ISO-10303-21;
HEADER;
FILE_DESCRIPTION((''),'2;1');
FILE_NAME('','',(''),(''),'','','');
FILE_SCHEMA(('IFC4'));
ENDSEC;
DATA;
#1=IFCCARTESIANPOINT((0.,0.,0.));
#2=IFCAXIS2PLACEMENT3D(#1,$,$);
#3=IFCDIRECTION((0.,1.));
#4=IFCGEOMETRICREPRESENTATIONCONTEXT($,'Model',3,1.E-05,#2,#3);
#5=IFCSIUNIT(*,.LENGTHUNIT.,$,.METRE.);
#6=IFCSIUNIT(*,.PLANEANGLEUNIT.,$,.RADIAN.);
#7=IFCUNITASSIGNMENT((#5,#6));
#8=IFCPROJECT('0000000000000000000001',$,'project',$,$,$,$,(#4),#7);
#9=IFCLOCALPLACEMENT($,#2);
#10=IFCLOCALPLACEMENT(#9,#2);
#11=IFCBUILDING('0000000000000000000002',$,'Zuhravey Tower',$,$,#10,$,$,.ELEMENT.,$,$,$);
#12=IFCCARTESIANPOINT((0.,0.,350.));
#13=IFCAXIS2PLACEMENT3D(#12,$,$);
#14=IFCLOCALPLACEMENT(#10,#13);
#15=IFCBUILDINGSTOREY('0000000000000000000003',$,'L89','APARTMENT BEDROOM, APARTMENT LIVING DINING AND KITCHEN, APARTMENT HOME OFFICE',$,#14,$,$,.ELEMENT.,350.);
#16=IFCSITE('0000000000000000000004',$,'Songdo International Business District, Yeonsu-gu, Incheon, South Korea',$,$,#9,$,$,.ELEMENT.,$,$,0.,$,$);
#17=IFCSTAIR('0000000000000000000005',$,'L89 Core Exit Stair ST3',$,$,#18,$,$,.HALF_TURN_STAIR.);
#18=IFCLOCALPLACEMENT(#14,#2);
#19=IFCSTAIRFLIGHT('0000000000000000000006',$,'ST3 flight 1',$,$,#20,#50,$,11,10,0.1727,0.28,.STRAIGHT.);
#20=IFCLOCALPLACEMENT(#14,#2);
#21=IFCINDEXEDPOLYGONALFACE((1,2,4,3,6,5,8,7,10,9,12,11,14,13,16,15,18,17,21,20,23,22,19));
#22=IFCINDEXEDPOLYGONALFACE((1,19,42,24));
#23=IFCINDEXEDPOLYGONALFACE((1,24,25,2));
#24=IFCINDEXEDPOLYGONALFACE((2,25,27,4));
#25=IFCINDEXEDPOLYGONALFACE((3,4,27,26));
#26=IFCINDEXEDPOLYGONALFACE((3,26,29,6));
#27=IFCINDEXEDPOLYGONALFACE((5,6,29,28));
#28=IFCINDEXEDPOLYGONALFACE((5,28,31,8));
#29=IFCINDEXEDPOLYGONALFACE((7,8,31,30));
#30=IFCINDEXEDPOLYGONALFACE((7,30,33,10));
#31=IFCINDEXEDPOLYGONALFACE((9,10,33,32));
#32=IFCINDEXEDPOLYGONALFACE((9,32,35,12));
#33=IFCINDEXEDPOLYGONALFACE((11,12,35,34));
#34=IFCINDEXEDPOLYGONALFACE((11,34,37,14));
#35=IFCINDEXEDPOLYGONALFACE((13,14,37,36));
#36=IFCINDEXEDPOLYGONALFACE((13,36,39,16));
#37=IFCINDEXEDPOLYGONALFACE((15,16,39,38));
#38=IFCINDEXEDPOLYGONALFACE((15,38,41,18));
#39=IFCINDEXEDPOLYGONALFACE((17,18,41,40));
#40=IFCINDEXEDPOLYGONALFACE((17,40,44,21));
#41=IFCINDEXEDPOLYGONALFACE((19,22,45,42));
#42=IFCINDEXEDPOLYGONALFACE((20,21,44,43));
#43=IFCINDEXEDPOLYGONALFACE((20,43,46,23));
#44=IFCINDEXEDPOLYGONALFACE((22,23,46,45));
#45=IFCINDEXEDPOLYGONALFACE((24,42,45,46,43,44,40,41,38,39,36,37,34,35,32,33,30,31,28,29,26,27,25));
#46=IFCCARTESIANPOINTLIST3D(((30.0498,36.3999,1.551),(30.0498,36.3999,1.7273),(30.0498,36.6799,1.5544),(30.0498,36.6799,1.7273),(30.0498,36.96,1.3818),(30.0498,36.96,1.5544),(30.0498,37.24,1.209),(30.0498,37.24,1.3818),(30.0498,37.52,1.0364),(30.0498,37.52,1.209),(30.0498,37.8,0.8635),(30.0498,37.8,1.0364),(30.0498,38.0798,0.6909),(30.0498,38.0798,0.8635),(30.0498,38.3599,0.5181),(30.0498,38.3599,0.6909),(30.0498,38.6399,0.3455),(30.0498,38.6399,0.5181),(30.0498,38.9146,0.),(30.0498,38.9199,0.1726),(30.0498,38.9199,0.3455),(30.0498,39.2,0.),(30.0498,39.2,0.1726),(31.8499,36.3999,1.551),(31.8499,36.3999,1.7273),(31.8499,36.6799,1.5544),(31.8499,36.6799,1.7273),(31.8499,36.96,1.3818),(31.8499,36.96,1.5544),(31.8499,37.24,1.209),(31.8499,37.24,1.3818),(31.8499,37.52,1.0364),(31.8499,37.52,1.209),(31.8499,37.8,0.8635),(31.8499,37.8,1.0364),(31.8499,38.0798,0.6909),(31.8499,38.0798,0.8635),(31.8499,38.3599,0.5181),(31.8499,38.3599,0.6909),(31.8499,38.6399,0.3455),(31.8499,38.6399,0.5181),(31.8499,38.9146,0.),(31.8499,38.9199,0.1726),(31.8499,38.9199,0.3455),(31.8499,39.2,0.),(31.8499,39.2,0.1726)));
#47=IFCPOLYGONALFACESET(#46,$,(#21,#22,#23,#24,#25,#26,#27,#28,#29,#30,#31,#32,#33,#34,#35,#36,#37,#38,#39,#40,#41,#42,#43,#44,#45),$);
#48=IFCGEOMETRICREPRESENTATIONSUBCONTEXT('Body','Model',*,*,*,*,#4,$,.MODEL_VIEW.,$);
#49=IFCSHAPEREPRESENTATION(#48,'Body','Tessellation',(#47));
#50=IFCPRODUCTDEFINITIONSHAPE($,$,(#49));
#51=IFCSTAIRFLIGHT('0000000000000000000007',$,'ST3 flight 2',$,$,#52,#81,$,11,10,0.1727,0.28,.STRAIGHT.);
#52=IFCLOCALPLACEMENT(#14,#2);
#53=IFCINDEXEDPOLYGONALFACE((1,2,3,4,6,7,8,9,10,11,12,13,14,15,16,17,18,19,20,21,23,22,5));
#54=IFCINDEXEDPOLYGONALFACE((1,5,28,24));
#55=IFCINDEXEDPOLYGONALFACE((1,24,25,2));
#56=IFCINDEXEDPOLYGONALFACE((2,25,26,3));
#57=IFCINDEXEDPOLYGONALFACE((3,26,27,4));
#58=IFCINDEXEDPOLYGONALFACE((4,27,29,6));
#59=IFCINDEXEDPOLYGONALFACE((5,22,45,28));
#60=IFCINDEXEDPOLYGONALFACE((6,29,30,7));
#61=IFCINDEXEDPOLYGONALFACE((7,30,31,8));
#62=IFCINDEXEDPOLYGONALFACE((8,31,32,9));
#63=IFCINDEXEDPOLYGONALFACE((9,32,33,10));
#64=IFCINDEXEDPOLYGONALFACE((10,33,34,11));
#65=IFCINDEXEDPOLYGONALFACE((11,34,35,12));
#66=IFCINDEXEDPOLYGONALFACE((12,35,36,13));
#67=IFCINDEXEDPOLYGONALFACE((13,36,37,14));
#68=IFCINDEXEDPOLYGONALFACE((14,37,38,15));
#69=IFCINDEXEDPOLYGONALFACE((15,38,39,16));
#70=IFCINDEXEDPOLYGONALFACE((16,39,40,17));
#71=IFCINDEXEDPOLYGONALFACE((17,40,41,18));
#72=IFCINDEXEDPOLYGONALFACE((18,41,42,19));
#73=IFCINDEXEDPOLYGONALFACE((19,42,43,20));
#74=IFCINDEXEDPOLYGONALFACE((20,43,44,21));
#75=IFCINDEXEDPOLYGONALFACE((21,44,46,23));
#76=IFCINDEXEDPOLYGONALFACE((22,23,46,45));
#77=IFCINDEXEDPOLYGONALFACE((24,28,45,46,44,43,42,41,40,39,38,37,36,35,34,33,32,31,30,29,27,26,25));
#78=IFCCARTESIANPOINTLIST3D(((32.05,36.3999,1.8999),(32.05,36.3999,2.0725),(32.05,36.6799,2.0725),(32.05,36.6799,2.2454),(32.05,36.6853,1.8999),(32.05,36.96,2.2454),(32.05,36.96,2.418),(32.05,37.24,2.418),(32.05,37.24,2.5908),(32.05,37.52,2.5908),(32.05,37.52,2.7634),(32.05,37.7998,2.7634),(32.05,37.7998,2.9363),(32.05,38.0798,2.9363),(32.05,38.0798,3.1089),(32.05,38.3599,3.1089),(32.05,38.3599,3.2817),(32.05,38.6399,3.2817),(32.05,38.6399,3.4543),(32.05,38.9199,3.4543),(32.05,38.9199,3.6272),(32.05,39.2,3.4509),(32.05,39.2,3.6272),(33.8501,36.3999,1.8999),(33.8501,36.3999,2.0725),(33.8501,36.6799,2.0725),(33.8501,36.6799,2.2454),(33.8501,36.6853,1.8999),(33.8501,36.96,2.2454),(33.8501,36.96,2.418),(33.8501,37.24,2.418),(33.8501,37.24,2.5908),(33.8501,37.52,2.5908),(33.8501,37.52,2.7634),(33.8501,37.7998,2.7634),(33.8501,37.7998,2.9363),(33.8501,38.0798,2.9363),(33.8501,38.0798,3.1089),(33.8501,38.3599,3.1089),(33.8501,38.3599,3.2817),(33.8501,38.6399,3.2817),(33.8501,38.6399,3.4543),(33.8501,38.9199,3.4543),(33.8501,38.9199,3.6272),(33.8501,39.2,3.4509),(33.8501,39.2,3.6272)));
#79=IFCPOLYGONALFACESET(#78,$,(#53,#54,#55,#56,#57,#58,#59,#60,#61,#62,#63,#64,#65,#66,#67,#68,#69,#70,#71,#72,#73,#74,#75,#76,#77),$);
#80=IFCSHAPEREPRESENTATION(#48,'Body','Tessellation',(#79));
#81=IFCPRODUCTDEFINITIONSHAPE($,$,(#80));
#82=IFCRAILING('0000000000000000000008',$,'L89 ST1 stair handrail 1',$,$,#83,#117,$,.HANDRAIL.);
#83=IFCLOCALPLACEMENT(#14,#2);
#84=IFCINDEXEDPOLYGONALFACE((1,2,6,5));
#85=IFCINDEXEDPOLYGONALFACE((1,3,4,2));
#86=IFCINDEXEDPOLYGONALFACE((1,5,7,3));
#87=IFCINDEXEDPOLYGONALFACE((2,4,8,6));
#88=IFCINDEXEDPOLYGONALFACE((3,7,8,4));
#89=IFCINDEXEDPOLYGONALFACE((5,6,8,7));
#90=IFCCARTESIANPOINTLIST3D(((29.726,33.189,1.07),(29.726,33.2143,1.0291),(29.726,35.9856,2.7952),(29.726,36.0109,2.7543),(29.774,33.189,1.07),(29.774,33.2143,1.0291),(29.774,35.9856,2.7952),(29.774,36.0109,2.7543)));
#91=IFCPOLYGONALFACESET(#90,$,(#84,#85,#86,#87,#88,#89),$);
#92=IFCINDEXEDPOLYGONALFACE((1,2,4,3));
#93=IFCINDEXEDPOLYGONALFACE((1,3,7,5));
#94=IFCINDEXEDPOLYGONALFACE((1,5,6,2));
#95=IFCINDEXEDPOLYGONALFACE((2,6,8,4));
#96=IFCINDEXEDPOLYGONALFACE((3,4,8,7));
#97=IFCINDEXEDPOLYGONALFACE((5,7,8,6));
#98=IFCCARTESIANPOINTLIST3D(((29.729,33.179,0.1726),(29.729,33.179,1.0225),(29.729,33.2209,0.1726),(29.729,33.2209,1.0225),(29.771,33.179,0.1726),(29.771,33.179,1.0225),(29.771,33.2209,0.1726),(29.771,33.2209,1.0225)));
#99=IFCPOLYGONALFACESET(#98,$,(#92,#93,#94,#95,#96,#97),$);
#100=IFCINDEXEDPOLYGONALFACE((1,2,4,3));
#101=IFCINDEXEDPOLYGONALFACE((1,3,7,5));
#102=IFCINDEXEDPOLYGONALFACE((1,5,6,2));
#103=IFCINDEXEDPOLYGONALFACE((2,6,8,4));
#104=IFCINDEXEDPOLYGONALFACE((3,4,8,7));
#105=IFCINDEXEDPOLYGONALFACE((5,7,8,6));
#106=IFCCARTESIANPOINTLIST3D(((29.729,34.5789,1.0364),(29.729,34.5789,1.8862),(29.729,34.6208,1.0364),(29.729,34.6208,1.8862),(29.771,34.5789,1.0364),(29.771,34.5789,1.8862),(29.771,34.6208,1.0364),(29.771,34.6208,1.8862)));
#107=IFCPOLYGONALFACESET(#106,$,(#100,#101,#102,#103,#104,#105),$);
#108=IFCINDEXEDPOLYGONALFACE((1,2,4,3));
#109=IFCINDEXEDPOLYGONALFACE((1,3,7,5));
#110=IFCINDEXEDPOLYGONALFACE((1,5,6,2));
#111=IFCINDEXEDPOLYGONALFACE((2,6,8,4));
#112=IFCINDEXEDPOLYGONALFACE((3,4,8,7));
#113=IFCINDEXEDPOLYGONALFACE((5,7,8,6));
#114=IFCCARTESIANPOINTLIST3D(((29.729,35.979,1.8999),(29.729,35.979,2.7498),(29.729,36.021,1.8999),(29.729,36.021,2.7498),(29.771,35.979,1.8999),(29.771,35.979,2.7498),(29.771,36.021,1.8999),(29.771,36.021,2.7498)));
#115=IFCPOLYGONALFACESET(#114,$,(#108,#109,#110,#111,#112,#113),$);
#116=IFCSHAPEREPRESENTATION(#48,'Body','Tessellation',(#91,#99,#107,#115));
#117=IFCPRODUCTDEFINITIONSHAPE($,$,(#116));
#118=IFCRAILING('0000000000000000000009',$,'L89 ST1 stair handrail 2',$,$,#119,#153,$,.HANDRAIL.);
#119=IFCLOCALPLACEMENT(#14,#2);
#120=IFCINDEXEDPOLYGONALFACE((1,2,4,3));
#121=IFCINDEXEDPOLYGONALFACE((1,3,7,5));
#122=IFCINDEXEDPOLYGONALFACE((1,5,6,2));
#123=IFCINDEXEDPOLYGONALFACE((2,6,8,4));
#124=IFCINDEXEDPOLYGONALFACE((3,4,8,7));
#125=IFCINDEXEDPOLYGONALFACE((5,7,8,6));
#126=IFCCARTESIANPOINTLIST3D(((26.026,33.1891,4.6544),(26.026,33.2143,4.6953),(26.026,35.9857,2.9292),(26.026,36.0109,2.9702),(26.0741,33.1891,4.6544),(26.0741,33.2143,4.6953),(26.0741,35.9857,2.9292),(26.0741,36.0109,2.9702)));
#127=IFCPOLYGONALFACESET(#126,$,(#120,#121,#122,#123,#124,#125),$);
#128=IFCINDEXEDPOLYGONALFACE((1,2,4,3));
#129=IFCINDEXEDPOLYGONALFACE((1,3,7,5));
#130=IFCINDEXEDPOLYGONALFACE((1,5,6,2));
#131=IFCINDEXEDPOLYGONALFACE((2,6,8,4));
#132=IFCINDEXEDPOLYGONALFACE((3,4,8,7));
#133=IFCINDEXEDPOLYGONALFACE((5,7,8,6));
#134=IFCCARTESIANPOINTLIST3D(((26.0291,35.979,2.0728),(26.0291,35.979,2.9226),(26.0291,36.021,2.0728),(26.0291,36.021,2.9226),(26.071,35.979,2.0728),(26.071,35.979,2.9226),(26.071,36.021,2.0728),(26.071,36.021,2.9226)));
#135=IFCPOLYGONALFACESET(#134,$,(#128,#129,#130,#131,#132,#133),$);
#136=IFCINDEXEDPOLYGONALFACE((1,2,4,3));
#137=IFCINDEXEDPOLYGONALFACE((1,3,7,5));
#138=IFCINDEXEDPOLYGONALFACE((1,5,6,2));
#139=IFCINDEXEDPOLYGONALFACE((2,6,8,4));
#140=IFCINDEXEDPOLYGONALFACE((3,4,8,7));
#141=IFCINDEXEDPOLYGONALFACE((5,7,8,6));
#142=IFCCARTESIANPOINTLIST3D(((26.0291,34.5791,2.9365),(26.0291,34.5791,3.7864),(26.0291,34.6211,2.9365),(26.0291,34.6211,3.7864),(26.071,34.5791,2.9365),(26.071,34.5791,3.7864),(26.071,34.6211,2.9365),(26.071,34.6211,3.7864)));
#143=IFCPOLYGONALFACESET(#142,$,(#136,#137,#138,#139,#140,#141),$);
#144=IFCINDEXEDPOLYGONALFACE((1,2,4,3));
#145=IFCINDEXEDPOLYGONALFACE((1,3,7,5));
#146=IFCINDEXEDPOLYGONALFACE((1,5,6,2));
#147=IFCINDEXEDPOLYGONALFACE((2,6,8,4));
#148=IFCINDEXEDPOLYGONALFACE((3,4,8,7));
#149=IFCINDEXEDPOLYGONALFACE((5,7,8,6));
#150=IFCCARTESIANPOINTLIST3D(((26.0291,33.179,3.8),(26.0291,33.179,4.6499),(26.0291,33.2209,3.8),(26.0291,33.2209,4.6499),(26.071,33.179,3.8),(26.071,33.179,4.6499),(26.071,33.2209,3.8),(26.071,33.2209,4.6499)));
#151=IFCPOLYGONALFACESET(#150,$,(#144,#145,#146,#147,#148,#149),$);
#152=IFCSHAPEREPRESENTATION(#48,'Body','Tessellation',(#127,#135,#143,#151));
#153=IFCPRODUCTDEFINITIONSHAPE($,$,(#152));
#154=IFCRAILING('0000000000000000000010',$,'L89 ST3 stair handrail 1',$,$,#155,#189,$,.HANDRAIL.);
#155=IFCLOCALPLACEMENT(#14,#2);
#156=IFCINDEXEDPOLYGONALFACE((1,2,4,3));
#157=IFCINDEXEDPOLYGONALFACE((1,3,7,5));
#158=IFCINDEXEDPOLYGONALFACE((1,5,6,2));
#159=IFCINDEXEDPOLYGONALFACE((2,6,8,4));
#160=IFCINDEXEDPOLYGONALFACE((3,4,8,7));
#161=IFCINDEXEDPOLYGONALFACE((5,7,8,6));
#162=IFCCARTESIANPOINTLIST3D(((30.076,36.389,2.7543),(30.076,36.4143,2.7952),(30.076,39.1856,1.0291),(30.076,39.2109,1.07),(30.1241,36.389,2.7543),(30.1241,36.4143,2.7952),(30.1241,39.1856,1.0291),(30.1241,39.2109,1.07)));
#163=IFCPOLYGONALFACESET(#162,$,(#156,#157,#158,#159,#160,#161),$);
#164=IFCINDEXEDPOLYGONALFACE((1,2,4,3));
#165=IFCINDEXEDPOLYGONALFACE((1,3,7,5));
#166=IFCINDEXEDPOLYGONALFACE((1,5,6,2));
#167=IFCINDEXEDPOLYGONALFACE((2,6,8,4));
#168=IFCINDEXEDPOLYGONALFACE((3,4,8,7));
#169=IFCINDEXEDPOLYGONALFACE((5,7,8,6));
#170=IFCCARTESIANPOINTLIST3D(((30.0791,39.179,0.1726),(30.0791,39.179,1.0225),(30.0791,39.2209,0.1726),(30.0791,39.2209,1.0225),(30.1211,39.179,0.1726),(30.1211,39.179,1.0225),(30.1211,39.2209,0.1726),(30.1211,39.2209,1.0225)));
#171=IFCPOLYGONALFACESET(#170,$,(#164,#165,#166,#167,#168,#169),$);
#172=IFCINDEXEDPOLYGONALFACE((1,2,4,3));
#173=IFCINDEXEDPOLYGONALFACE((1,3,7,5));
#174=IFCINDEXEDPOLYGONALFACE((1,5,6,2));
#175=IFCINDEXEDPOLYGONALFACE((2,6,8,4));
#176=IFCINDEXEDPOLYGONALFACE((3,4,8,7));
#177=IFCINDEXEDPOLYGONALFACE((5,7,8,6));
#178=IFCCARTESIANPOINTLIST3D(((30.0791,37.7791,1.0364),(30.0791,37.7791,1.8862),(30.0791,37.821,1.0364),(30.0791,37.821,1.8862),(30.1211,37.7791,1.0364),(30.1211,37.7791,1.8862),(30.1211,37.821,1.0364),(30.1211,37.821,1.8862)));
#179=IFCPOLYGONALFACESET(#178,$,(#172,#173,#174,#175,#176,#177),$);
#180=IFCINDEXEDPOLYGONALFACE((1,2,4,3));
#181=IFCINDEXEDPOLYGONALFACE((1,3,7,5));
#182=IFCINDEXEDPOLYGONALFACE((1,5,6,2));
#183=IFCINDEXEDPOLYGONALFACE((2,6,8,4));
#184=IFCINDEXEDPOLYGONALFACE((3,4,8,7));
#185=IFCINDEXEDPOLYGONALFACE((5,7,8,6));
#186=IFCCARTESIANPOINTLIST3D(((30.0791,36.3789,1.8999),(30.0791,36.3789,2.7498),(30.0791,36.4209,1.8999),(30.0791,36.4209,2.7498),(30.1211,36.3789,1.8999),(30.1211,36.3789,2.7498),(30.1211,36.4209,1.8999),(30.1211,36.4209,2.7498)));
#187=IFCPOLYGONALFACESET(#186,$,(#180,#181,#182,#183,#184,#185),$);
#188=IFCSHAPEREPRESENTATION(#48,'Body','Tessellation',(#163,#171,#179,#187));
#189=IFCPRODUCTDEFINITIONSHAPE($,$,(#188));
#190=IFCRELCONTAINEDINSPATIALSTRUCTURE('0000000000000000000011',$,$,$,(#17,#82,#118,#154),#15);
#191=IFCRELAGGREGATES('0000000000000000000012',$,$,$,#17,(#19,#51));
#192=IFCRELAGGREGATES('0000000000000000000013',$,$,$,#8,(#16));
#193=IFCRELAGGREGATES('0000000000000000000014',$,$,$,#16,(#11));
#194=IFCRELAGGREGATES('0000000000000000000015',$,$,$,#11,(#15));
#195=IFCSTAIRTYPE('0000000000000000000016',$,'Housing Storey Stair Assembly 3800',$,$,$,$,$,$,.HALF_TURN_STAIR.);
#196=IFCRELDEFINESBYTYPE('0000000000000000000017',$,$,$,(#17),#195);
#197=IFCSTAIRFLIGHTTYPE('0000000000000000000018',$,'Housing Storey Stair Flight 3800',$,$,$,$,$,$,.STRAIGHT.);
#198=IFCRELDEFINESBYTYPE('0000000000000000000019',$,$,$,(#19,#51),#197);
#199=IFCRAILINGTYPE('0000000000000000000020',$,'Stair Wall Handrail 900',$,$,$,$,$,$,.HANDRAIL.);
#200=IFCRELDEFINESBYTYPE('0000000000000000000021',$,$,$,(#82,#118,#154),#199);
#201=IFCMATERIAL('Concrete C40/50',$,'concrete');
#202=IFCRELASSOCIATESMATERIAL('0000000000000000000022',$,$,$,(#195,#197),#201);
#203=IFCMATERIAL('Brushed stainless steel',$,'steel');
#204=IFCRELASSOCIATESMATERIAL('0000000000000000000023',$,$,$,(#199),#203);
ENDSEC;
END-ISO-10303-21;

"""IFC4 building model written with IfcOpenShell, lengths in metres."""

from ifc_helpers import new_model, si_unit, direction, frame, origin, origin_2d, place, context, subcontext, project, spatial, polyline, rectangle, outline, extrude, material, type_object, element, aggregate, save


model = new_model("IFC4")

# Units and contexts
model_context = context("Model", 3, precision=1e-05, world=origin(), true_north=direction((0.0, 1.0)))
body_context = subcontext(model_context, "Body", "Model", "MODEL_VIEW")
ifc_project = project(units=[si_unit("LENGTHUNIT", "METRE"), si_unit("PLANEANGLEUNIT", "RADIAN")], contexts=[model_context])

# Site, building, storey
site_placement = place(None, origin())
site = spatial("IfcSite", under=ifc_project, at=site_placement, Name="Songdo International Business District, Yeonsu-gu, Incheon, South Korea", CompositionType="ELEMENT", RefElevation=0.0)
building_placement = place(site_placement, origin())
building = spatial("IfcBuilding", under=site, at=building_placement, Name="Zuhravey Tower", CompositionType="ELEMENT")
storey_placement = place(building_placement, frame((0.0, 0.0, 350.0)))
storey = spatial("IfcBuildingStorey", under=building, at=storey_placement, Name="L89", Description="APARTMENT BEDROOM, APARTMENT LIVING DINING AND KITCHEN, APARTMENT HOME OFFICE", CompositionType="ELEMENT", Elevation=350.0)

# Stair, stair flights
ifc_material_1 = material(Name="Concrete C40/50", Category="concrete")
stair_type = type_object("IfcStairType", Name="Housing Storey Stair Assembly 3800", PredefinedType="HALF_TURN_STAIR", material=ifc_material_1)
stair_flight_type = type_object("IfcStairFlightType", Name="Housing Storey Stair Flight 3800", PredefinedType="STRAIGHT", material=ifc_material_1)
stair_1_placement = place(storey_placement, origin())
stair_1 = element("IfcStair", 1, at=stair_1_placement, inside=storey, type_object=stair_type, Name="L89 Core Exit Stair ST3", PredefinedType="HALF_TURN_STAIR")
stair_flight_1_placement = place(storey_placement, frame((30.95, 39.2, 0.0), z_axis=(0.0, 0.0, 1.0), x_axis=(0.0, -1.0, 0.0)))
stair_flight_1 = element("IfcStairFlight", 2, at=stair_flight_1_placement, type_object=stair_flight_type, Name="ST3 flight 1", NumberOfRisers=11, NumberOfTreads=10, PredefinedType="STRAIGHT", RiserHeight=0.1727, TreadLength=0.28, context=body_context, shape_type="SweptSolid", body=[
    extrude(outline(polyline([(0.0, 0.0), (0.0, 0.1726), (0.28, 0.1726), (0.28, 0.3455), (0.5601, 0.3455), (0.5601, 0.5181), (0.8401, 0.5181), (0.8401, 0.6909), (1.1201, 0.6909), (1.1201, 0.8635), (1.3999, 0.8635), (1.3999, 1.0364), (1.6799, 1.0364), (1.6799, 1.209), (1.96, 1.209), (1.96, 1.3818), (2.24, 1.3818), (2.24, 1.5544), (2.52, 1.5544), (2.52, 1.7273), (2.8, 1.7273), (2.8, 1.8999), (2.8, 1.551), (0.2854, 0.0), (0.0, 0.0)])), frame((0.0, 0.8999, 0.0), z_axis=(0.0, -1.0, 0.0), x_axis=(1.0, 0.0, 0.0)), (0.0, 0.0, 1.0), 1.8),
])
stair_flight_2_placement = place(storey_placement, frame((32.95, 36.3999, 1.8999), z_axis=(0.0, 0.0, 1.0), x_axis=(0.0, 1.0, 0.0)))
stair_flight_2 = element("IfcStairFlight", 3, at=stair_flight_2_placement, type_object=stair_flight_type, Name="ST3 flight 2", NumberOfRisers=11, NumberOfTreads=10, PredefinedType="STRAIGHT", RiserHeight=0.1727, TreadLength=0.28, context=body_context, shape_type="SweptSolid", body=[
    extrude(outline(polyline([(0.0, 0.0), (0.0, 0.1726), (0.28, 0.1726), (0.28, 0.3455), (0.5601, 0.3455), (0.5601, 0.5181), (0.8401, 0.5181), (0.8401, 0.6909), (1.1201, 0.6909), (1.1201, 0.8635), (1.3999, 0.8635), (1.3999, 1.0364), (1.6799, 1.0364), (1.6799, 1.209), (1.96, 1.209), (1.96, 1.3818), (2.24, 1.3818), (2.24, 1.5544), (2.52, 1.5544), (2.52, 1.7273), (2.8, 1.7273), (2.8, 1.8999), (2.8, 1.551), (0.2854, 0.0), (0.0, 0.0)])), frame((0.0, 0.8999, 0.0), z_axis=(0.0, -1.0, 0.0), x_axis=(1.0, 0.0, 0.0)), (0.0, 0.0, 1.0), 1.8),
])
aggregate(stair_1, [stair_flight_1, stair_flight_2])

# Railings
ifc_material_2 = material(Name="Brushed stainless steel", Category="steel")
railing_type_1 = type_object("IfcRailingType", Name="Stair Wall Handrail 900", PredefinedType="HANDRAIL", material=ifc_material_2)
railing_1_placement = place(storey_placement, frame((29.75, 33.2, 0.1726)))
element("IfcRailing", 4, at=railing_1_placement, inside=storey, type_object=railing_type_1, Name="L89 ST1 stair handrail 1", PredefinedType="HANDRAIL", context=body_context, shape_type="SweptSolid", body=[
    extrude(rectangle(XDim=0.0481, YDim=0.0481, at=origin_2d()), frame((0.0, 0.0017, 0.877), z_axis=(0.0, 0.85109, 0.52502), x_axis=(-1.0, 0.0, 0.0)), (0.0, 0.0, 1.0), 3.2859),
    extrude(rectangle(XDim=0.042, YDim=0.042, at=origin_2d()), origin(), (0.0, 0.0, 1.0), 0.8499),
    extrude(rectangle(XDim=0.042, YDim=0.042, at=origin_2d()), frame((0.0, 1.3999, 0.8638)), (0.0, 0.0, 1.0), 0.8499),
    extrude(rectangle(XDim=0.042, YDim=0.042, at=origin_2d()), frame((0.0, 2.8, 1.7273)), (0.0, 0.0, 1.0), 0.8499),
])
for number, where, name in (
    (5, (26.05, 36.0, 2.0728), "L89 ST1 stair handrail 2"),
    (6, (30.1001, 39.2, 0.1726), "L89 ST3 stair handrail 1"),
):
    element("IfcRailing", number, at=place(storey_placement, frame(where)), inside=storey, type_object=railing_type_1, Name=name, PredefinedType="HANDRAIL", context=body_context, shape_type="SweptSolid", body=[
        extrude(rectangle(XDim=0.0481, YDim=0.0481, at=origin_2d()), frame((0.0, -0.0017, 0.877), z_axis=(0.0, -0.85109, 0.52502), x_axis=(1.0, 0.0, 0.0)), (0.0, 0.0, 1.0), 3.2859),
        extrude(rectangle(XDim=0.042, YDim=0.042, at=origin_2d()), origin(), (0.0, 0.0, 1.0), 0.8499),
        extrude(rectangle(XDim=0.042, YDim=0.042, at=origin_2d()), frame((0.0, -1.3999, 0.8638)), (0.0, 0.0, 1.0), 0.8499),
        extrude(rectangle(XDim=0.042, YDim=0.042, at=origin_2d()), frame((0.0, -2.8, 1.7273)), (0.0, 0.0, 1.0), 0.8499),
    ])

save(model, "model.ifc")
